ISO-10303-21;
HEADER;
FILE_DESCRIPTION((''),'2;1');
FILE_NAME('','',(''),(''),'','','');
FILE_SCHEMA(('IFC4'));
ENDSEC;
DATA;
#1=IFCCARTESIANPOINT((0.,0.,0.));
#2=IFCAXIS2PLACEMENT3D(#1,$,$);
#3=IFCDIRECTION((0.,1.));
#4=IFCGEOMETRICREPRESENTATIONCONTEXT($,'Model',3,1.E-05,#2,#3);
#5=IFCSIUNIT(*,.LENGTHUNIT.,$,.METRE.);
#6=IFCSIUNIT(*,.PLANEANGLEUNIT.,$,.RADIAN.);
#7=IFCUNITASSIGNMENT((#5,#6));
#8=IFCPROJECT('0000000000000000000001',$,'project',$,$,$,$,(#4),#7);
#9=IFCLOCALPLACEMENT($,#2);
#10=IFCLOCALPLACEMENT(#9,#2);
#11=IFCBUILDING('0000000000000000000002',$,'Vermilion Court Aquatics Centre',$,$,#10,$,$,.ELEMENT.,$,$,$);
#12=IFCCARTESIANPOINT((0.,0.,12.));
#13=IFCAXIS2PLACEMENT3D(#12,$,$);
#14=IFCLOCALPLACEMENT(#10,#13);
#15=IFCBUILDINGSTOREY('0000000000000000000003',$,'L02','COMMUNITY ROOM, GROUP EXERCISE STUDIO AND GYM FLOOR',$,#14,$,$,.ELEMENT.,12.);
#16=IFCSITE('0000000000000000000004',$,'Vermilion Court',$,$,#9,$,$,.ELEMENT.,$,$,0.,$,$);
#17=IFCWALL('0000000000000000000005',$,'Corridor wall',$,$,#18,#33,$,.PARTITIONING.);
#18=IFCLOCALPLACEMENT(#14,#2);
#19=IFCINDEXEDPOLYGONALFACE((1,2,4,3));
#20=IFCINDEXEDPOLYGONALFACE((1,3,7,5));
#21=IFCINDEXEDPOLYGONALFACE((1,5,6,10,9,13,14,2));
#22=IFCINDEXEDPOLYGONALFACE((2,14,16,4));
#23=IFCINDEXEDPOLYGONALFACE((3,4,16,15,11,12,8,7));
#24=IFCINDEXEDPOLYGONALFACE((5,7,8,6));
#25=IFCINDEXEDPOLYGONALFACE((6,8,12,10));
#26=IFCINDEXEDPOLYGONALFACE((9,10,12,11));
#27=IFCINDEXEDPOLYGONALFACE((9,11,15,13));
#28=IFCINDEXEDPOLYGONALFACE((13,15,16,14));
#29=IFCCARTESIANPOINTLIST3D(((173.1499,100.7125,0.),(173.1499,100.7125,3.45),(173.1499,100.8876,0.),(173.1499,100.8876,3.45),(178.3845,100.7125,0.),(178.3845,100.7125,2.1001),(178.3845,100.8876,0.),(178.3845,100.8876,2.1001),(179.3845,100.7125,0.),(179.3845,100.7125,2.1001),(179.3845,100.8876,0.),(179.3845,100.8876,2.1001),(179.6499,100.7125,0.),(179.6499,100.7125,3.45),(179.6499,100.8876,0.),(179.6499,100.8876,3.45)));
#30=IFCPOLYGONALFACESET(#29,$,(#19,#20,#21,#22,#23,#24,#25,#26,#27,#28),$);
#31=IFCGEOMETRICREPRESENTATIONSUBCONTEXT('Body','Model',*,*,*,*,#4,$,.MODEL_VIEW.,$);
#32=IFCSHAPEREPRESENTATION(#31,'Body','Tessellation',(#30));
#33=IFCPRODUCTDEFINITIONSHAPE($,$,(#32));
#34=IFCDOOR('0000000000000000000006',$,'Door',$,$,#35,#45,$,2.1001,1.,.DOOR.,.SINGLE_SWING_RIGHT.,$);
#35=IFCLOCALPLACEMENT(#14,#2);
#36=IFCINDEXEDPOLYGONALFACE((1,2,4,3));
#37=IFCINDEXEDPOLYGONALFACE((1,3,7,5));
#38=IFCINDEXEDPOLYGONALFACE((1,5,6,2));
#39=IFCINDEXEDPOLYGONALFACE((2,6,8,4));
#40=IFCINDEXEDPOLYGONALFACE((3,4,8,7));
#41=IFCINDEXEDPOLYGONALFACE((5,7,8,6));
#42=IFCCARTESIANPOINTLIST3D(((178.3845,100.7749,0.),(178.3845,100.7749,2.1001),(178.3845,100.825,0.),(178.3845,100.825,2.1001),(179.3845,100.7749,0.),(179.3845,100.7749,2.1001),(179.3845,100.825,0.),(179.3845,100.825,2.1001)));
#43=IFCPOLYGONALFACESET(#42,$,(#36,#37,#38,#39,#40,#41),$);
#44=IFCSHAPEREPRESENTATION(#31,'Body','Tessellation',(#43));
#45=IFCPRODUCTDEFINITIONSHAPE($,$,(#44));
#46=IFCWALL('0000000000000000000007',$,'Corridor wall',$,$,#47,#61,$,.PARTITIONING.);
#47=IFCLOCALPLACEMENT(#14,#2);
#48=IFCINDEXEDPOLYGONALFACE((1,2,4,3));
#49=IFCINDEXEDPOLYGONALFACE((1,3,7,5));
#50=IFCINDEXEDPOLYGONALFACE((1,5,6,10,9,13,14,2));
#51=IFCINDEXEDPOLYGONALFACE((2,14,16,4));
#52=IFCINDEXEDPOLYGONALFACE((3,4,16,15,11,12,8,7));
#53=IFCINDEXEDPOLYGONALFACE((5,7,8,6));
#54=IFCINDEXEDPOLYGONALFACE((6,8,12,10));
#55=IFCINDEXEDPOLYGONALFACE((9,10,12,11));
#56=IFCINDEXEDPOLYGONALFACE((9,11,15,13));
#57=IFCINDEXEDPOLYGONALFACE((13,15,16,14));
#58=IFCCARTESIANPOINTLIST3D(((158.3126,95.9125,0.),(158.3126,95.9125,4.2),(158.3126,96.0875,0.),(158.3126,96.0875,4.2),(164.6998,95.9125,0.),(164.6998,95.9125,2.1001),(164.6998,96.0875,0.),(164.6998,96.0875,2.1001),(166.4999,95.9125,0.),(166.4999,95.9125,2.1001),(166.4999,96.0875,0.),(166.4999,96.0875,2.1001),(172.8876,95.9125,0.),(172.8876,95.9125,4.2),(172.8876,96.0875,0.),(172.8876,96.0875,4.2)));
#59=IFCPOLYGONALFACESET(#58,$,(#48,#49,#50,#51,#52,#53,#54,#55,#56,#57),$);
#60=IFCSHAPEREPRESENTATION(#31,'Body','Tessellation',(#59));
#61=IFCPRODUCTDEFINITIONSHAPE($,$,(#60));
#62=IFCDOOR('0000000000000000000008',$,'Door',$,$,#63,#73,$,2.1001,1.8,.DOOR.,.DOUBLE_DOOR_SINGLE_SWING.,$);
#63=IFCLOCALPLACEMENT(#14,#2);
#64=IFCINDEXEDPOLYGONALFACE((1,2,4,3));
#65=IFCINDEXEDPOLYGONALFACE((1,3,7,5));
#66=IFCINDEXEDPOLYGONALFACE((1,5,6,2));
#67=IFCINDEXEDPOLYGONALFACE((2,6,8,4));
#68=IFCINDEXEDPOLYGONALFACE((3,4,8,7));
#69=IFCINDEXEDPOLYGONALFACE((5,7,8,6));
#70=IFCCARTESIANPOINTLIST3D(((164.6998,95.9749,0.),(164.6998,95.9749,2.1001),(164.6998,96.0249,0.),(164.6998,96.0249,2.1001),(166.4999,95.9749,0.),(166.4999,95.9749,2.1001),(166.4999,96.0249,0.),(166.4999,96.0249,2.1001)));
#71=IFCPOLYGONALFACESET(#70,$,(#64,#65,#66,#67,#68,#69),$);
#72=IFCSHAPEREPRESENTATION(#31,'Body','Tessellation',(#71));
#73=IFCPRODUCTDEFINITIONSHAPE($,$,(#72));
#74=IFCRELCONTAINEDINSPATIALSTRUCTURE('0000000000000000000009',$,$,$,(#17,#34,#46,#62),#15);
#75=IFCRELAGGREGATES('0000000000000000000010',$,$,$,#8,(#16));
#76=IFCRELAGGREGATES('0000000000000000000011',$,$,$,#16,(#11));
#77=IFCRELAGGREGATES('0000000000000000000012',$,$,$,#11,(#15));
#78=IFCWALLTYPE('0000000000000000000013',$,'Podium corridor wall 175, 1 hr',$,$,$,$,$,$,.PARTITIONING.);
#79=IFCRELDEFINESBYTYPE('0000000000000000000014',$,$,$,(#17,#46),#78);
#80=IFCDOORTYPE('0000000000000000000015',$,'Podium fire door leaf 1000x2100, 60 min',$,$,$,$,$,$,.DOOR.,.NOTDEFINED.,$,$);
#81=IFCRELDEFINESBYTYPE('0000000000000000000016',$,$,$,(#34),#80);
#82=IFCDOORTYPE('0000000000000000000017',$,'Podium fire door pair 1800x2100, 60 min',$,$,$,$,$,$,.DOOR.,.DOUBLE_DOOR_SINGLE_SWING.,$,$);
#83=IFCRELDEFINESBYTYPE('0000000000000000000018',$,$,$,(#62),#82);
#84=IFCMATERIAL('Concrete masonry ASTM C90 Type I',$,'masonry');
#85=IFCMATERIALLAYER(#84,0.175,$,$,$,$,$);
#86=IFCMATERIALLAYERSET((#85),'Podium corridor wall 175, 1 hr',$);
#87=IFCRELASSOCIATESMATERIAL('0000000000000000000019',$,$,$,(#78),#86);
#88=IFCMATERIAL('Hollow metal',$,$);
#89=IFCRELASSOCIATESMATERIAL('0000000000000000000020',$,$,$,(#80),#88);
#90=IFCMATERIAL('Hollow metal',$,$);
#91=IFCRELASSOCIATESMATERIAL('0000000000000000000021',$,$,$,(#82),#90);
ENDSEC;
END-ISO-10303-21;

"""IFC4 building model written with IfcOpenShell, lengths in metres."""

from ifc_helpers import new_model, si_unit, direction, frame, frame_2d, origin, place, context, subcontext, project, spatial, rectangle, extrude, material, layer, layer_set, type_object, element, fill, save


model = new_model("IFC4")

# Units and contexts
model_context = context("Model", 3, precision=1e-05, world=origin(), true_north=direction((0.0, 1.0)))
body_context = subcontext(model_context, "Body", "Model", "MODEL_VIEW")
ifc_project = project(units=[si_unit("LENGTHUNIT", "METRE"), si_unit("PLANEANGLEUNIT", "RADIAN")], contexts=[model_context])

# Site, building, storey
site_placement = place(None, origin())
site = spatial("IfcSite", under=ifc_project, at=site_placement, Name="Vermilion Court", CompositionType="ELEMENT", RefElevation=0.0)
building_placement = place(site_placement, origin())
building = spatial("IfcBuilding", under=site, at=building_placement, Name="Vermilion Court Aquatics Centre", CompositionType="ELEMENT")
storey_placement = place(building_placement, frame((0.0, 0.0, 12.0)))
storey = spatial("IfcBuildingStorey", under=building, at=storey_placement, Name="L02", Description="COMMUNITY ROOM, GROUP EXERCISE STUDIO AND GYM FLOOR", CompositionType="ELEMENT", Elevation=12.0)

# Shared definitions
ifc_material_1 = material(Name="Concrete masonry ASTM C90 Type I", Category="masonry")
ifc_layer = layer(ifc_material_1, 0.175)
ifc_layer_set = layer_set([ifc_layer], Name="Podium corridor wall 175, 1 hr")
wall_type = type_object("IfcWallType", Name="Podium corridor wall 175, 1 hr", PredefinedType="PARTITIONING", material=ifc_layer_set)

# Walls, openings, doors
wall_1_placement = place(storey_placement, frame((173.1499, 100.8, 0.0), z_axis=(0.0, 0.0, 1.0), x_axis=(1.0, 0.0, 0.0)))
wall_1 = element("IfcWall", 1, at=wall_1_placement, inside=storey, type_object=wall_type, Name="Corridor wall", PredefinedType="PARTITIONING", context=body_context, shape_type="SweptSolid", body=[
    extrude(rectangle(XDim=6.5, YDim=0.175, at=frame_2d((3.25, 0.0))), origin(), (0.0, 0.0, 1.0), 3.45),
])
opening_1_placement = place(wall_1_placement, frame((5.2346, 0.0, 0.0)))
opening_1 = element("IfcOpeningElement", 2, at=opening_1_placement, cuts=wall_1, PredefinedType="OPENING", context=body_context, shape_type="SweptSolid", body=[
    extrude(rectangle(XDim=1.0, YDim=2.1001, at=frame_2d((0.5, 1.05))), frame((0.0, 0.0974, 0.0), z_axis=(0.0, -1.0, 0.0), x_axis=(1.0, 0.0, 0.0)), (0.0, 0.0, 1.0), 0.1951),
])
ifc_material_2 = material(Name="Hollow metal")
door_type_1 = type_object("IfcDoorType", Name="Podium fire door leaf 1000x2100, 60 min", OperationType="NOTDEFINED", PredefinedType="DOOR", material=ifc_material_2)
door_1_placement = place(opening_1_placement, origin())
door_1 = element("IfcDoor", 3, at=door_1_placement, inside=storey, type_object=door_type_1, Name="Door", OperationType="SINGLE_SWING_RIGHT", OverallHeight=2.1001, OverallWidth=1.0, PredefinedType="DOOR", context=body_context, shape_type="SweptSolid", body=[
    extrude(rectangle(XDim=1.0, YDim=2.1001, at=frame_2d((0.5, 1.05))), frame((0.0, 0.0249, 0.0), z_axis=(0.0, -1.0, 0.0), x_axis=(1.0, 0.0, 0.0)), (0.0, 0.0, 1.0), 0.05),
])
fill(opening_1, door_1)
wall_2_placement = place(storey_placement, frame((158.3125, 96.0, 0.0), z_axis=(0.0, 0.0, 1.0), x_axis=(1.0, 0.0, 0.0)))
wall_2 = element("IfcWall", 4, at=wall_2_placement, inside=storey, type_object=wall_type, Name="Corridor wall", PredefinedType="PARTITIONING", context=body_context, shape_type="SweptSolid", body=[
    extrude(rectangle(XDim=14.575, YDim=0.175, at=frame_2d((7.2876, 0.0))), origin(), (0.0, 0.0, 1.0), 4.2),
])
opening_2_placement = place(wall_2_placement, frame((6.3875, 0.0, 0.0)))
opening_2 = element("IfcOpeningElement", 5, at=opening_2_placement, cuts=wall_2, PredefinedType="OPENING", context=body_context, shape_type="SweptSolid", body=[
    extrude(rectangle(XDim=1.8, YDim=2.1001, at=frame_2d((0.8999, 1.05))), frame((0.0, 0.0974, 0.0), z_axis=(0.0, -1.0, 0.0), x_axis=(1.0, 0.0, 0.0)), (0.0, 0.0, 1.0), 0.1951),
])
ifc_material_3 = material(Name="Hollow metal")
door_type_2 = type_object("IfcDoorType", Name="Podium fire door pair 1800x2100, 60 min", OperationType="DOUBLE_DOOR_SINGLE_SWING", PredefinedType="DOOR", material=ifc_material_3)
door_2_placement = place(opening_2_placement, origin())
door_2 = element("IfcDoor", 6, at=door_2_placement, inside=storey, type_object=door_type_2, Name="Door", OperationType="DOUBLE_DOOR_SINGLE_SWING", OverallHeight=2.1001, OverallWidth=1.8, PredefinedType="DOOR", context=body_context, shape_type="SweptSolid", body=[
    extrude(rectangle(XDim=1.8, YDim=2.1001, at=frame_2d((0.8999, 1.05))), frame((0.0, 0.0249, 0.0), z_axis=(0.0, -1.0, 0.0), x_axis=(1.0, 0.0, 0.0)), (0.0, 0.0, 1.0), 0.05),
])
fill(opening_2, door_2)

save(model, "model.ifc")
